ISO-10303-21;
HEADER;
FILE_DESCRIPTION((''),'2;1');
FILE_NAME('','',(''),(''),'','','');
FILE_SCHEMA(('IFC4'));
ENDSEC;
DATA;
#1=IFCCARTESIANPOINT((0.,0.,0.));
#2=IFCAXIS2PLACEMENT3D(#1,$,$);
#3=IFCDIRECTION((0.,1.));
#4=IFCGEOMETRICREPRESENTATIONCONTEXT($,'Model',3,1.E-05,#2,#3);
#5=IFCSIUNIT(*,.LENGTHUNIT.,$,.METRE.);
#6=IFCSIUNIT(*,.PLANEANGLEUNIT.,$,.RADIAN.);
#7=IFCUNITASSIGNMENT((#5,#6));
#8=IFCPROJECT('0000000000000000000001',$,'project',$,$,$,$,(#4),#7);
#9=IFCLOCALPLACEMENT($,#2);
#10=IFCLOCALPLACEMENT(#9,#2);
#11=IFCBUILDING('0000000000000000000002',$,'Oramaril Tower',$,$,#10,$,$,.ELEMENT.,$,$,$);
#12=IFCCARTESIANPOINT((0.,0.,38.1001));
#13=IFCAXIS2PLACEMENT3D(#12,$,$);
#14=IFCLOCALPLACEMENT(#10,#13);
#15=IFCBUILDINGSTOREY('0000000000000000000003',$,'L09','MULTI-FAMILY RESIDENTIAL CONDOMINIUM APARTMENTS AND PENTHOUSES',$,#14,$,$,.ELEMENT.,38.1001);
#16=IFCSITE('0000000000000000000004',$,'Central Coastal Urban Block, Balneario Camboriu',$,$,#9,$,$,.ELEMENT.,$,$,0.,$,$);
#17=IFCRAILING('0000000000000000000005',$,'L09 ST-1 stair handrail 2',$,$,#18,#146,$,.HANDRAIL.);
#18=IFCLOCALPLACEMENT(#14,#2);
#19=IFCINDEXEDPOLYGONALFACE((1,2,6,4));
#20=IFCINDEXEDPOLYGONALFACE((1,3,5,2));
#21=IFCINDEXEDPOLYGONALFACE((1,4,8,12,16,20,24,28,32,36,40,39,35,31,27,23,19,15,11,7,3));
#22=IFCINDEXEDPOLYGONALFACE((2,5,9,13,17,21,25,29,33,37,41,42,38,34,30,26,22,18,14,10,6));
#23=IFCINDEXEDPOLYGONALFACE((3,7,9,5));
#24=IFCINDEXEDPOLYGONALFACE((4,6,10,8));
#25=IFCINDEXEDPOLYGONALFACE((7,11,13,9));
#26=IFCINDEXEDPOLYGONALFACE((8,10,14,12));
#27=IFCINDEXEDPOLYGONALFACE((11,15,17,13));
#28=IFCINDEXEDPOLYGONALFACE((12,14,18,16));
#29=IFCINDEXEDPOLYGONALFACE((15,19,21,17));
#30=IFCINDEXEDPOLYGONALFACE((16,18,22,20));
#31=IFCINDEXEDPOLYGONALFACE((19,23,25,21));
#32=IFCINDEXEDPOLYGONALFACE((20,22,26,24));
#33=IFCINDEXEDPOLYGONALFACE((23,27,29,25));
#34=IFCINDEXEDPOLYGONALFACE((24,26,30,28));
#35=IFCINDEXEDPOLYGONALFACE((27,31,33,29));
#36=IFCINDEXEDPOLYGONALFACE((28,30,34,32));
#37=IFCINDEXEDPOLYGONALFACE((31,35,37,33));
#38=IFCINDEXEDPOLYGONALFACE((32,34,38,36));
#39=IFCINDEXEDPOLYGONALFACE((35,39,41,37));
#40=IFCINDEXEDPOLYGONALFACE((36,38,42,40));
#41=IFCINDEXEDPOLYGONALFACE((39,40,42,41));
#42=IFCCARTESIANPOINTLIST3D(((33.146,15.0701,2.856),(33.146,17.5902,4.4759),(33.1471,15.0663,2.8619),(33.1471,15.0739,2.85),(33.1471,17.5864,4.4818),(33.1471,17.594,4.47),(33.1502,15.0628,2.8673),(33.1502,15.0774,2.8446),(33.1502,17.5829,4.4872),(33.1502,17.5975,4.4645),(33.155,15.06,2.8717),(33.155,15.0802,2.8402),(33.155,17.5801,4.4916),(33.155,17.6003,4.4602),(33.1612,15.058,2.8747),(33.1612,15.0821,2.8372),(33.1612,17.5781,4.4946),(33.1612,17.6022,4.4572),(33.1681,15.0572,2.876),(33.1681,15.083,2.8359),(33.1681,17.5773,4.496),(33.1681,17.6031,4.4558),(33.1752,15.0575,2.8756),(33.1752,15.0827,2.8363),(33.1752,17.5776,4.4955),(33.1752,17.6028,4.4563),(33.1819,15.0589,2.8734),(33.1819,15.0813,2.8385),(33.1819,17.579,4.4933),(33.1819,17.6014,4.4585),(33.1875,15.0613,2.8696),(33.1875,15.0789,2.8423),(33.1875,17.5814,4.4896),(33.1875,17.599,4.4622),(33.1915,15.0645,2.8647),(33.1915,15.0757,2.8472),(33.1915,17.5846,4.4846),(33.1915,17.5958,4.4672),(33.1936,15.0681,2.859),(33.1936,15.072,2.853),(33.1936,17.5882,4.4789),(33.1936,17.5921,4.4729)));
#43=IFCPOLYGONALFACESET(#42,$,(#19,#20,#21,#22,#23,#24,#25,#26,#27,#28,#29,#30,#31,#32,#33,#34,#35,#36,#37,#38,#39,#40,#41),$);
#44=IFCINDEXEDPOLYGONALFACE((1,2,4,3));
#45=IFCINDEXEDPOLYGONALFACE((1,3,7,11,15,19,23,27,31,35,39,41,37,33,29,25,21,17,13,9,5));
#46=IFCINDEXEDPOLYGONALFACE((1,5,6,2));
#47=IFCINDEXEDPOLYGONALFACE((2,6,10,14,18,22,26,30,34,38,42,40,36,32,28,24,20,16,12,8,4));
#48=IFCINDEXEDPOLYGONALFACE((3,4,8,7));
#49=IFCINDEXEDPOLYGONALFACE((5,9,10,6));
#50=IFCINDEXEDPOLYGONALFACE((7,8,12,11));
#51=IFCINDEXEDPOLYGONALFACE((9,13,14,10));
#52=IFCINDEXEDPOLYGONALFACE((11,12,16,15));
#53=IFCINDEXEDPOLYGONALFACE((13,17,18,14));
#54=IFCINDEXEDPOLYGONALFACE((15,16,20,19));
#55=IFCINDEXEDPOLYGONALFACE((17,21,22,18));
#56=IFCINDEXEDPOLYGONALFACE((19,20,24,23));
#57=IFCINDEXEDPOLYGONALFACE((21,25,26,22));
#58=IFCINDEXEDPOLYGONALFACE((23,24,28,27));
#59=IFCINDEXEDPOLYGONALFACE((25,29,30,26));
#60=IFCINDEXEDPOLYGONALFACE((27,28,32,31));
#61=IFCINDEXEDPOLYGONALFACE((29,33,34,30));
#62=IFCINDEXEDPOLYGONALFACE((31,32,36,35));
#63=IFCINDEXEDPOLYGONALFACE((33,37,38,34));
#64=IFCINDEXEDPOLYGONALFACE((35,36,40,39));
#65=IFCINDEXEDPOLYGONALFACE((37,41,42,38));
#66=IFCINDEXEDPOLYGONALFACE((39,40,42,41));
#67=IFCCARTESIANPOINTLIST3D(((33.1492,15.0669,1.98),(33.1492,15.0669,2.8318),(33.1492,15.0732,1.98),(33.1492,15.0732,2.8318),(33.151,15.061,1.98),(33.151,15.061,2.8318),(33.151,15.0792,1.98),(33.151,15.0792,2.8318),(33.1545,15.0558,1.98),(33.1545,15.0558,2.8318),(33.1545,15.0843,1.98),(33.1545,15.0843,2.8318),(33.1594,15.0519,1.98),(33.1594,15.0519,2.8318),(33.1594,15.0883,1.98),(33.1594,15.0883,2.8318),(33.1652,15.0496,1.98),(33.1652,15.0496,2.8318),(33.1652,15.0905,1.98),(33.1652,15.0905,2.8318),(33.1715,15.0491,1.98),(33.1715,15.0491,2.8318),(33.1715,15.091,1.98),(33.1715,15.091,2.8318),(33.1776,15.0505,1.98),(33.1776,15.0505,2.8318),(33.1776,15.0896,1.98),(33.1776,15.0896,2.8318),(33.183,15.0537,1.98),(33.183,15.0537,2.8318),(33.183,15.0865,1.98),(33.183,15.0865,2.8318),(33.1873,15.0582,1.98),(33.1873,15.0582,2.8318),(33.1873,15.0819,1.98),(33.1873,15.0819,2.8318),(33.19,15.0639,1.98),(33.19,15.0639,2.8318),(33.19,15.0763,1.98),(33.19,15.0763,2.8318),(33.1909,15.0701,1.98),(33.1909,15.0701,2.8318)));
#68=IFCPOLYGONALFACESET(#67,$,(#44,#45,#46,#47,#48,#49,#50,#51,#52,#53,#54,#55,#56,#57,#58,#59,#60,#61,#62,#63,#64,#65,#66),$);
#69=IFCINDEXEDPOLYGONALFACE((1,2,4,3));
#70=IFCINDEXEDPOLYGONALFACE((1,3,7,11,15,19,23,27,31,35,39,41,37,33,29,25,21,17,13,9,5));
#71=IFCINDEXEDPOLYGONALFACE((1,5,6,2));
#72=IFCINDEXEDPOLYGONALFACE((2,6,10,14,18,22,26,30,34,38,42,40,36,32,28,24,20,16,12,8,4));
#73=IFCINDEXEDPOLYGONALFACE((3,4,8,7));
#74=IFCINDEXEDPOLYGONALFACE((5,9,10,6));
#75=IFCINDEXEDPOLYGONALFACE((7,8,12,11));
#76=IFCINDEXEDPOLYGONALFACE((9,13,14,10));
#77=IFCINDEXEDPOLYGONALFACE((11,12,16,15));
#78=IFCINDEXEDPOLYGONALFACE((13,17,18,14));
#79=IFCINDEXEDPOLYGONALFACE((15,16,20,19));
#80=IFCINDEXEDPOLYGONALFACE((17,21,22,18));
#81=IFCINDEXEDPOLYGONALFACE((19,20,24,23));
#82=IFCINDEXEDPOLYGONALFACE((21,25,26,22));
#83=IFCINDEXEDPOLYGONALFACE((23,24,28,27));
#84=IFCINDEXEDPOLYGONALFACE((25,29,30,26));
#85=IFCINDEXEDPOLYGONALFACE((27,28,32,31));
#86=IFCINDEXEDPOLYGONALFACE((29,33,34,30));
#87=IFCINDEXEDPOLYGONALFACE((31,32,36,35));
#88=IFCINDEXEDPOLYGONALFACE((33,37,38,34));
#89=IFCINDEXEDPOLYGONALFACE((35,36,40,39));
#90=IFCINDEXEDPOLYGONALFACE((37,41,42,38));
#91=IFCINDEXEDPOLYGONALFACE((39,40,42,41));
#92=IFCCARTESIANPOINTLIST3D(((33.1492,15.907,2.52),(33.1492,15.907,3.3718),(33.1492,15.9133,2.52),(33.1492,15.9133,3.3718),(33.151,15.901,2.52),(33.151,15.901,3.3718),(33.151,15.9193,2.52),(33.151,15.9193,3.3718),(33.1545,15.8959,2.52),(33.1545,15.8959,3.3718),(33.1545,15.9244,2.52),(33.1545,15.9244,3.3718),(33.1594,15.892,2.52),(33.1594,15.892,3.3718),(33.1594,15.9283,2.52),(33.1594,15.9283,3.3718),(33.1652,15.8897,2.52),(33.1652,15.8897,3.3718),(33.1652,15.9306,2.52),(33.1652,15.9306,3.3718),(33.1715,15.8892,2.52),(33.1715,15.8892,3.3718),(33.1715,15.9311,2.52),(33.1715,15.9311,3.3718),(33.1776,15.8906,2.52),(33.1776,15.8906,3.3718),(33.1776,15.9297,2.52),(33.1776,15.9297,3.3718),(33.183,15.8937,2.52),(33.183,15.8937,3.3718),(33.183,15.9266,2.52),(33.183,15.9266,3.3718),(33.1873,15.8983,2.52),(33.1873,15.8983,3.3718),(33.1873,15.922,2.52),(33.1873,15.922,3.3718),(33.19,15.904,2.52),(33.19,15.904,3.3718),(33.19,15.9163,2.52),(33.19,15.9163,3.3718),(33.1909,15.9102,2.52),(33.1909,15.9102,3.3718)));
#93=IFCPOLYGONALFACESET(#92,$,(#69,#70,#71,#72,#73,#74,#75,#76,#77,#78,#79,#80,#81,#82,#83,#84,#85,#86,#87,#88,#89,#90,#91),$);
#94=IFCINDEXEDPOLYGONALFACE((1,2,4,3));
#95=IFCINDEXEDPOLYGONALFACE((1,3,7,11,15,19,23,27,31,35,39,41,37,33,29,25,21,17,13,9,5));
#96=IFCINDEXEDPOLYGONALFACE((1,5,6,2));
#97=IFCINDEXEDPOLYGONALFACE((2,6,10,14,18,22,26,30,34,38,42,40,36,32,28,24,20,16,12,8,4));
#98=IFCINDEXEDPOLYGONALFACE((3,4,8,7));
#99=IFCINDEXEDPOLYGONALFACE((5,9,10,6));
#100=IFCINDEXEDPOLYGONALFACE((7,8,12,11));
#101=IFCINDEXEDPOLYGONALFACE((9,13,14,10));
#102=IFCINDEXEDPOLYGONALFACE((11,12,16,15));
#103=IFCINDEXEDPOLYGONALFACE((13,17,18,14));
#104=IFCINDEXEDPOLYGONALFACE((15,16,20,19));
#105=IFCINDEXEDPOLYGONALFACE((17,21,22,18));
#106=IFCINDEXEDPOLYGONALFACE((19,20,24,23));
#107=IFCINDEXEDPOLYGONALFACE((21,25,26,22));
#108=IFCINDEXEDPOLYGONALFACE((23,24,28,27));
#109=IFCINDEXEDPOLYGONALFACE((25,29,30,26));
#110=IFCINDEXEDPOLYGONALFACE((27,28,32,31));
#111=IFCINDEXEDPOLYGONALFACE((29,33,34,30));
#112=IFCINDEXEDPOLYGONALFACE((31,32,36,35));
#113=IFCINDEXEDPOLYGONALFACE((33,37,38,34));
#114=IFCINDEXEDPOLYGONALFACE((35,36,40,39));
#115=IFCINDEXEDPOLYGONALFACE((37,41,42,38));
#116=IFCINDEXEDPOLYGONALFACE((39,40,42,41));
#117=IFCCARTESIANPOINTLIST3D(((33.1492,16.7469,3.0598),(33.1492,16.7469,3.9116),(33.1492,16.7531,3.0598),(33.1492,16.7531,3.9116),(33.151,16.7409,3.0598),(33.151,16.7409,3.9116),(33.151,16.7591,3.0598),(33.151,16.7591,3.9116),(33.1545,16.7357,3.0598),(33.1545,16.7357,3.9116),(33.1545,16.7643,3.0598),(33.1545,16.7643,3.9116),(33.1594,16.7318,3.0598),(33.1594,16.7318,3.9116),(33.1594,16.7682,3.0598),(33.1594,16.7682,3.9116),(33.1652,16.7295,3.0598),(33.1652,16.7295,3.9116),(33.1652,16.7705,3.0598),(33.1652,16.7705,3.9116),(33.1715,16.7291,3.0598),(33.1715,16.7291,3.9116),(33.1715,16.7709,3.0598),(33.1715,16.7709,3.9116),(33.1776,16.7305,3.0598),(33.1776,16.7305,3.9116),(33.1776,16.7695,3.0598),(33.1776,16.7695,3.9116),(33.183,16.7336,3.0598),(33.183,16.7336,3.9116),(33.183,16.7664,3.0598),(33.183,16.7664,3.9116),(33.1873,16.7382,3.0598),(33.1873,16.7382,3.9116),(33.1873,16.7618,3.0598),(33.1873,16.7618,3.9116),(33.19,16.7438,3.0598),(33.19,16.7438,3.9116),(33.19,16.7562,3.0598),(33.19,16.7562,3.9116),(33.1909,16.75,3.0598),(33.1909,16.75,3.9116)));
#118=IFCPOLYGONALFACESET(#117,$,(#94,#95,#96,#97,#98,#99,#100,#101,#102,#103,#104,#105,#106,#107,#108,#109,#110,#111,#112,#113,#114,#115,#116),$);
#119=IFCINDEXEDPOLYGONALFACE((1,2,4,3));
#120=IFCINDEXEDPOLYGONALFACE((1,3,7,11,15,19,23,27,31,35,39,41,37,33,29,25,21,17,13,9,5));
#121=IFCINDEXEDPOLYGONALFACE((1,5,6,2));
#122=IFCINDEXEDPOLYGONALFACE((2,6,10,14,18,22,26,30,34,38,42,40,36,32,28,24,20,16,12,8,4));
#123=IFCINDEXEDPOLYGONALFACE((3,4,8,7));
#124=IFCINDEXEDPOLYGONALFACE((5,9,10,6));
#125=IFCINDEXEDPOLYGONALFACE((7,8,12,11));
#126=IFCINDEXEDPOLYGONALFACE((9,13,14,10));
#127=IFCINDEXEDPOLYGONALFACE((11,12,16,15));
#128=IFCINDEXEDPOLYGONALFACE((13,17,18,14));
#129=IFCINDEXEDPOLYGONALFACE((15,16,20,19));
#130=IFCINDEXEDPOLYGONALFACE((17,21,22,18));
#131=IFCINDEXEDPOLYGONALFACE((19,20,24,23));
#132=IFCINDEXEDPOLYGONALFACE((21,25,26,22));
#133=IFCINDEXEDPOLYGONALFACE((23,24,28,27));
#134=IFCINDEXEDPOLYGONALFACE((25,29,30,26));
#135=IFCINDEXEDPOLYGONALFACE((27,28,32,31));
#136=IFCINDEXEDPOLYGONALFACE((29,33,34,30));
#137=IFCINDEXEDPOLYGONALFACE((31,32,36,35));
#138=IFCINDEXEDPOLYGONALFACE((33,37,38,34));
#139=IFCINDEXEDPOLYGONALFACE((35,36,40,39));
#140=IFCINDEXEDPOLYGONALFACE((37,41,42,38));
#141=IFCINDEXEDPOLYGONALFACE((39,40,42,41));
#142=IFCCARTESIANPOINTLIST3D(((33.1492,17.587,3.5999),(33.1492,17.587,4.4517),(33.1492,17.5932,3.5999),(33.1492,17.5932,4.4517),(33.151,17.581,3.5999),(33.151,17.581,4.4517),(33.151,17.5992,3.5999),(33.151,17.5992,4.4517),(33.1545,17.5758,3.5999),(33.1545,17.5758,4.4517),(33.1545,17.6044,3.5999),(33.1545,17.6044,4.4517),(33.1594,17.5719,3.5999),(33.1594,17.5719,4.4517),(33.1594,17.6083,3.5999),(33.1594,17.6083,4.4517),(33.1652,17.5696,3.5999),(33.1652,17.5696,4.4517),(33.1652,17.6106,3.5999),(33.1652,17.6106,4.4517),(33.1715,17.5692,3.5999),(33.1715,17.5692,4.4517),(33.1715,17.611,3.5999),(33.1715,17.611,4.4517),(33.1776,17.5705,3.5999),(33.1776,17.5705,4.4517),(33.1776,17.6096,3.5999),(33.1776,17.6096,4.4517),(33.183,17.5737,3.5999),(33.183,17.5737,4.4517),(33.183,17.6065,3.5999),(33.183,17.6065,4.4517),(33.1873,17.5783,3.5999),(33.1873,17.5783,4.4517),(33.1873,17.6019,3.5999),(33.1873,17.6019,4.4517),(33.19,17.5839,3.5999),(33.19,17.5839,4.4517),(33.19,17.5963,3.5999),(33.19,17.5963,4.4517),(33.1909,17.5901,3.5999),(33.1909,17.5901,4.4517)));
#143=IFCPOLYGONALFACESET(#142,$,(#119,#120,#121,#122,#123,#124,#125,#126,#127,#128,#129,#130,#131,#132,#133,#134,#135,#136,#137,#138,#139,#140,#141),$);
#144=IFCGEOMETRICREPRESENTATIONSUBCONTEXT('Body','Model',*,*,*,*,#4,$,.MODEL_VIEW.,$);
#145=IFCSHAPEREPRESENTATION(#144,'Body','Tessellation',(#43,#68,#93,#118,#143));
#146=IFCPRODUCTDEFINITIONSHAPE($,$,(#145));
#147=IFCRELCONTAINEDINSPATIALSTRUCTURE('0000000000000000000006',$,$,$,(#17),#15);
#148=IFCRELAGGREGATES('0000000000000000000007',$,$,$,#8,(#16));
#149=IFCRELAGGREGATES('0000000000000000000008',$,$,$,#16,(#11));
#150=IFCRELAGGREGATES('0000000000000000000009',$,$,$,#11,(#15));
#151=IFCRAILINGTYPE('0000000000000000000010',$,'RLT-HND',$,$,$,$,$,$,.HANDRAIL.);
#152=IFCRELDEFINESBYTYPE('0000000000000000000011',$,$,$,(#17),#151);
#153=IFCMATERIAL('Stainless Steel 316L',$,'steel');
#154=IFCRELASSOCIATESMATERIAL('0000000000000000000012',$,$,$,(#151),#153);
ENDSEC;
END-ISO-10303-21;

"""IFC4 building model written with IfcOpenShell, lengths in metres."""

from ifc_helpers import new_model, si_unit, direction, frame, origin, origin_2d, place, context, subcontext, project, spatial, circle, extrude, material, type_object, element, save


model = new_model("IFC4")

# Units and contexts
model_context = context("Model", 3, precision=1e-05, world=origin(), true_north=direction((0.0, 1.0)))
body_context = subcontext(model_context, "Body", "Model", "MODEL_VIEW")
ifc_project = project(units=[si_unit("LENGTHUNIT", "METRE"), si_unit("PLANEANGLEUNIT", "RADIAN")], contexts=[model_context])

# Site, building, storey
site_placement = place(None, origin())
site = spatial("IfcSite", under=ifc_project, at=site_placement, Name="Central Coastal Urban Block, Balneario Camboriu", CompositionType="ELEMENT", RefElevation=0.0)
building_placement = place(site_placement, origin())
building = spatial("IfcBuilding", under=site, at=building_placement, Name="Oramaril Tower", CompositionType="ELEMENT")
storey_placement = place(building_placement, frame((0.0, 0.0, 38.1001)))
storey = spatial("IfcBuildingStorey", under=building, at=storey_placement, Name="L09", Description="MULTI-FAMILY RESIDENTIAL CONDOMINIUM APARTMENTS AND PENTHOUSES", CompositionType="ELEMENT", Elevation=38.1001)

# Railing
ifc_material_1 = material(Name="Stainless Steel 316L", Category="steel")
railing_type_1 = type_object("IfcRailingType", Name="RLT-HND", PredefinedType="HANDRAIL", material=ifc_material_1)
railing_1_placement = place(storey_placement, frame((33.1699, 15.0701, 1.98)))
element("IfcRailing", 1, at=railing_1_placement, inside=storey, type_object=railing_type_1, Name="L09 ST-1 stair handrail 2", PredefinedType="HANDRAIL", context=body_context, shape_type="SweptSolid", body=[
    extrude(circle(Radius=0.0239, at=origin_2d()), frame((0.0, 0.0, 0.876), z_axis=(0.0, 0.8412, 0.540725), x_axis=(-1.0, 0.0, 0.0)), (0.0, 0.0, 1.0), 2.9958),
    extrude(circle(Radius=0.021, at=origin_2d()), origin(), (0.0, 0.0, 1.0), 0.8518),
    extrude(circle(Radius=0.021, at=origin_2d()), frame((0.0, 0.8401, 0.54)), (0.0, 0.0, 1.0), 0.8518),
    extrude(circle(Radius=0.021, at=origin_2d()), frame((0.0, 1.6799, 1.0798)), (0.0, 0.0, 1.0), 0.8518),
    extrude(circle(Radius=0.021, at=origin_2d()), frame((0.0, 2.52, 1.6199)), (0.0, 0.0, 1.0), 0.8518),
])

save(model, "model.ifc")
